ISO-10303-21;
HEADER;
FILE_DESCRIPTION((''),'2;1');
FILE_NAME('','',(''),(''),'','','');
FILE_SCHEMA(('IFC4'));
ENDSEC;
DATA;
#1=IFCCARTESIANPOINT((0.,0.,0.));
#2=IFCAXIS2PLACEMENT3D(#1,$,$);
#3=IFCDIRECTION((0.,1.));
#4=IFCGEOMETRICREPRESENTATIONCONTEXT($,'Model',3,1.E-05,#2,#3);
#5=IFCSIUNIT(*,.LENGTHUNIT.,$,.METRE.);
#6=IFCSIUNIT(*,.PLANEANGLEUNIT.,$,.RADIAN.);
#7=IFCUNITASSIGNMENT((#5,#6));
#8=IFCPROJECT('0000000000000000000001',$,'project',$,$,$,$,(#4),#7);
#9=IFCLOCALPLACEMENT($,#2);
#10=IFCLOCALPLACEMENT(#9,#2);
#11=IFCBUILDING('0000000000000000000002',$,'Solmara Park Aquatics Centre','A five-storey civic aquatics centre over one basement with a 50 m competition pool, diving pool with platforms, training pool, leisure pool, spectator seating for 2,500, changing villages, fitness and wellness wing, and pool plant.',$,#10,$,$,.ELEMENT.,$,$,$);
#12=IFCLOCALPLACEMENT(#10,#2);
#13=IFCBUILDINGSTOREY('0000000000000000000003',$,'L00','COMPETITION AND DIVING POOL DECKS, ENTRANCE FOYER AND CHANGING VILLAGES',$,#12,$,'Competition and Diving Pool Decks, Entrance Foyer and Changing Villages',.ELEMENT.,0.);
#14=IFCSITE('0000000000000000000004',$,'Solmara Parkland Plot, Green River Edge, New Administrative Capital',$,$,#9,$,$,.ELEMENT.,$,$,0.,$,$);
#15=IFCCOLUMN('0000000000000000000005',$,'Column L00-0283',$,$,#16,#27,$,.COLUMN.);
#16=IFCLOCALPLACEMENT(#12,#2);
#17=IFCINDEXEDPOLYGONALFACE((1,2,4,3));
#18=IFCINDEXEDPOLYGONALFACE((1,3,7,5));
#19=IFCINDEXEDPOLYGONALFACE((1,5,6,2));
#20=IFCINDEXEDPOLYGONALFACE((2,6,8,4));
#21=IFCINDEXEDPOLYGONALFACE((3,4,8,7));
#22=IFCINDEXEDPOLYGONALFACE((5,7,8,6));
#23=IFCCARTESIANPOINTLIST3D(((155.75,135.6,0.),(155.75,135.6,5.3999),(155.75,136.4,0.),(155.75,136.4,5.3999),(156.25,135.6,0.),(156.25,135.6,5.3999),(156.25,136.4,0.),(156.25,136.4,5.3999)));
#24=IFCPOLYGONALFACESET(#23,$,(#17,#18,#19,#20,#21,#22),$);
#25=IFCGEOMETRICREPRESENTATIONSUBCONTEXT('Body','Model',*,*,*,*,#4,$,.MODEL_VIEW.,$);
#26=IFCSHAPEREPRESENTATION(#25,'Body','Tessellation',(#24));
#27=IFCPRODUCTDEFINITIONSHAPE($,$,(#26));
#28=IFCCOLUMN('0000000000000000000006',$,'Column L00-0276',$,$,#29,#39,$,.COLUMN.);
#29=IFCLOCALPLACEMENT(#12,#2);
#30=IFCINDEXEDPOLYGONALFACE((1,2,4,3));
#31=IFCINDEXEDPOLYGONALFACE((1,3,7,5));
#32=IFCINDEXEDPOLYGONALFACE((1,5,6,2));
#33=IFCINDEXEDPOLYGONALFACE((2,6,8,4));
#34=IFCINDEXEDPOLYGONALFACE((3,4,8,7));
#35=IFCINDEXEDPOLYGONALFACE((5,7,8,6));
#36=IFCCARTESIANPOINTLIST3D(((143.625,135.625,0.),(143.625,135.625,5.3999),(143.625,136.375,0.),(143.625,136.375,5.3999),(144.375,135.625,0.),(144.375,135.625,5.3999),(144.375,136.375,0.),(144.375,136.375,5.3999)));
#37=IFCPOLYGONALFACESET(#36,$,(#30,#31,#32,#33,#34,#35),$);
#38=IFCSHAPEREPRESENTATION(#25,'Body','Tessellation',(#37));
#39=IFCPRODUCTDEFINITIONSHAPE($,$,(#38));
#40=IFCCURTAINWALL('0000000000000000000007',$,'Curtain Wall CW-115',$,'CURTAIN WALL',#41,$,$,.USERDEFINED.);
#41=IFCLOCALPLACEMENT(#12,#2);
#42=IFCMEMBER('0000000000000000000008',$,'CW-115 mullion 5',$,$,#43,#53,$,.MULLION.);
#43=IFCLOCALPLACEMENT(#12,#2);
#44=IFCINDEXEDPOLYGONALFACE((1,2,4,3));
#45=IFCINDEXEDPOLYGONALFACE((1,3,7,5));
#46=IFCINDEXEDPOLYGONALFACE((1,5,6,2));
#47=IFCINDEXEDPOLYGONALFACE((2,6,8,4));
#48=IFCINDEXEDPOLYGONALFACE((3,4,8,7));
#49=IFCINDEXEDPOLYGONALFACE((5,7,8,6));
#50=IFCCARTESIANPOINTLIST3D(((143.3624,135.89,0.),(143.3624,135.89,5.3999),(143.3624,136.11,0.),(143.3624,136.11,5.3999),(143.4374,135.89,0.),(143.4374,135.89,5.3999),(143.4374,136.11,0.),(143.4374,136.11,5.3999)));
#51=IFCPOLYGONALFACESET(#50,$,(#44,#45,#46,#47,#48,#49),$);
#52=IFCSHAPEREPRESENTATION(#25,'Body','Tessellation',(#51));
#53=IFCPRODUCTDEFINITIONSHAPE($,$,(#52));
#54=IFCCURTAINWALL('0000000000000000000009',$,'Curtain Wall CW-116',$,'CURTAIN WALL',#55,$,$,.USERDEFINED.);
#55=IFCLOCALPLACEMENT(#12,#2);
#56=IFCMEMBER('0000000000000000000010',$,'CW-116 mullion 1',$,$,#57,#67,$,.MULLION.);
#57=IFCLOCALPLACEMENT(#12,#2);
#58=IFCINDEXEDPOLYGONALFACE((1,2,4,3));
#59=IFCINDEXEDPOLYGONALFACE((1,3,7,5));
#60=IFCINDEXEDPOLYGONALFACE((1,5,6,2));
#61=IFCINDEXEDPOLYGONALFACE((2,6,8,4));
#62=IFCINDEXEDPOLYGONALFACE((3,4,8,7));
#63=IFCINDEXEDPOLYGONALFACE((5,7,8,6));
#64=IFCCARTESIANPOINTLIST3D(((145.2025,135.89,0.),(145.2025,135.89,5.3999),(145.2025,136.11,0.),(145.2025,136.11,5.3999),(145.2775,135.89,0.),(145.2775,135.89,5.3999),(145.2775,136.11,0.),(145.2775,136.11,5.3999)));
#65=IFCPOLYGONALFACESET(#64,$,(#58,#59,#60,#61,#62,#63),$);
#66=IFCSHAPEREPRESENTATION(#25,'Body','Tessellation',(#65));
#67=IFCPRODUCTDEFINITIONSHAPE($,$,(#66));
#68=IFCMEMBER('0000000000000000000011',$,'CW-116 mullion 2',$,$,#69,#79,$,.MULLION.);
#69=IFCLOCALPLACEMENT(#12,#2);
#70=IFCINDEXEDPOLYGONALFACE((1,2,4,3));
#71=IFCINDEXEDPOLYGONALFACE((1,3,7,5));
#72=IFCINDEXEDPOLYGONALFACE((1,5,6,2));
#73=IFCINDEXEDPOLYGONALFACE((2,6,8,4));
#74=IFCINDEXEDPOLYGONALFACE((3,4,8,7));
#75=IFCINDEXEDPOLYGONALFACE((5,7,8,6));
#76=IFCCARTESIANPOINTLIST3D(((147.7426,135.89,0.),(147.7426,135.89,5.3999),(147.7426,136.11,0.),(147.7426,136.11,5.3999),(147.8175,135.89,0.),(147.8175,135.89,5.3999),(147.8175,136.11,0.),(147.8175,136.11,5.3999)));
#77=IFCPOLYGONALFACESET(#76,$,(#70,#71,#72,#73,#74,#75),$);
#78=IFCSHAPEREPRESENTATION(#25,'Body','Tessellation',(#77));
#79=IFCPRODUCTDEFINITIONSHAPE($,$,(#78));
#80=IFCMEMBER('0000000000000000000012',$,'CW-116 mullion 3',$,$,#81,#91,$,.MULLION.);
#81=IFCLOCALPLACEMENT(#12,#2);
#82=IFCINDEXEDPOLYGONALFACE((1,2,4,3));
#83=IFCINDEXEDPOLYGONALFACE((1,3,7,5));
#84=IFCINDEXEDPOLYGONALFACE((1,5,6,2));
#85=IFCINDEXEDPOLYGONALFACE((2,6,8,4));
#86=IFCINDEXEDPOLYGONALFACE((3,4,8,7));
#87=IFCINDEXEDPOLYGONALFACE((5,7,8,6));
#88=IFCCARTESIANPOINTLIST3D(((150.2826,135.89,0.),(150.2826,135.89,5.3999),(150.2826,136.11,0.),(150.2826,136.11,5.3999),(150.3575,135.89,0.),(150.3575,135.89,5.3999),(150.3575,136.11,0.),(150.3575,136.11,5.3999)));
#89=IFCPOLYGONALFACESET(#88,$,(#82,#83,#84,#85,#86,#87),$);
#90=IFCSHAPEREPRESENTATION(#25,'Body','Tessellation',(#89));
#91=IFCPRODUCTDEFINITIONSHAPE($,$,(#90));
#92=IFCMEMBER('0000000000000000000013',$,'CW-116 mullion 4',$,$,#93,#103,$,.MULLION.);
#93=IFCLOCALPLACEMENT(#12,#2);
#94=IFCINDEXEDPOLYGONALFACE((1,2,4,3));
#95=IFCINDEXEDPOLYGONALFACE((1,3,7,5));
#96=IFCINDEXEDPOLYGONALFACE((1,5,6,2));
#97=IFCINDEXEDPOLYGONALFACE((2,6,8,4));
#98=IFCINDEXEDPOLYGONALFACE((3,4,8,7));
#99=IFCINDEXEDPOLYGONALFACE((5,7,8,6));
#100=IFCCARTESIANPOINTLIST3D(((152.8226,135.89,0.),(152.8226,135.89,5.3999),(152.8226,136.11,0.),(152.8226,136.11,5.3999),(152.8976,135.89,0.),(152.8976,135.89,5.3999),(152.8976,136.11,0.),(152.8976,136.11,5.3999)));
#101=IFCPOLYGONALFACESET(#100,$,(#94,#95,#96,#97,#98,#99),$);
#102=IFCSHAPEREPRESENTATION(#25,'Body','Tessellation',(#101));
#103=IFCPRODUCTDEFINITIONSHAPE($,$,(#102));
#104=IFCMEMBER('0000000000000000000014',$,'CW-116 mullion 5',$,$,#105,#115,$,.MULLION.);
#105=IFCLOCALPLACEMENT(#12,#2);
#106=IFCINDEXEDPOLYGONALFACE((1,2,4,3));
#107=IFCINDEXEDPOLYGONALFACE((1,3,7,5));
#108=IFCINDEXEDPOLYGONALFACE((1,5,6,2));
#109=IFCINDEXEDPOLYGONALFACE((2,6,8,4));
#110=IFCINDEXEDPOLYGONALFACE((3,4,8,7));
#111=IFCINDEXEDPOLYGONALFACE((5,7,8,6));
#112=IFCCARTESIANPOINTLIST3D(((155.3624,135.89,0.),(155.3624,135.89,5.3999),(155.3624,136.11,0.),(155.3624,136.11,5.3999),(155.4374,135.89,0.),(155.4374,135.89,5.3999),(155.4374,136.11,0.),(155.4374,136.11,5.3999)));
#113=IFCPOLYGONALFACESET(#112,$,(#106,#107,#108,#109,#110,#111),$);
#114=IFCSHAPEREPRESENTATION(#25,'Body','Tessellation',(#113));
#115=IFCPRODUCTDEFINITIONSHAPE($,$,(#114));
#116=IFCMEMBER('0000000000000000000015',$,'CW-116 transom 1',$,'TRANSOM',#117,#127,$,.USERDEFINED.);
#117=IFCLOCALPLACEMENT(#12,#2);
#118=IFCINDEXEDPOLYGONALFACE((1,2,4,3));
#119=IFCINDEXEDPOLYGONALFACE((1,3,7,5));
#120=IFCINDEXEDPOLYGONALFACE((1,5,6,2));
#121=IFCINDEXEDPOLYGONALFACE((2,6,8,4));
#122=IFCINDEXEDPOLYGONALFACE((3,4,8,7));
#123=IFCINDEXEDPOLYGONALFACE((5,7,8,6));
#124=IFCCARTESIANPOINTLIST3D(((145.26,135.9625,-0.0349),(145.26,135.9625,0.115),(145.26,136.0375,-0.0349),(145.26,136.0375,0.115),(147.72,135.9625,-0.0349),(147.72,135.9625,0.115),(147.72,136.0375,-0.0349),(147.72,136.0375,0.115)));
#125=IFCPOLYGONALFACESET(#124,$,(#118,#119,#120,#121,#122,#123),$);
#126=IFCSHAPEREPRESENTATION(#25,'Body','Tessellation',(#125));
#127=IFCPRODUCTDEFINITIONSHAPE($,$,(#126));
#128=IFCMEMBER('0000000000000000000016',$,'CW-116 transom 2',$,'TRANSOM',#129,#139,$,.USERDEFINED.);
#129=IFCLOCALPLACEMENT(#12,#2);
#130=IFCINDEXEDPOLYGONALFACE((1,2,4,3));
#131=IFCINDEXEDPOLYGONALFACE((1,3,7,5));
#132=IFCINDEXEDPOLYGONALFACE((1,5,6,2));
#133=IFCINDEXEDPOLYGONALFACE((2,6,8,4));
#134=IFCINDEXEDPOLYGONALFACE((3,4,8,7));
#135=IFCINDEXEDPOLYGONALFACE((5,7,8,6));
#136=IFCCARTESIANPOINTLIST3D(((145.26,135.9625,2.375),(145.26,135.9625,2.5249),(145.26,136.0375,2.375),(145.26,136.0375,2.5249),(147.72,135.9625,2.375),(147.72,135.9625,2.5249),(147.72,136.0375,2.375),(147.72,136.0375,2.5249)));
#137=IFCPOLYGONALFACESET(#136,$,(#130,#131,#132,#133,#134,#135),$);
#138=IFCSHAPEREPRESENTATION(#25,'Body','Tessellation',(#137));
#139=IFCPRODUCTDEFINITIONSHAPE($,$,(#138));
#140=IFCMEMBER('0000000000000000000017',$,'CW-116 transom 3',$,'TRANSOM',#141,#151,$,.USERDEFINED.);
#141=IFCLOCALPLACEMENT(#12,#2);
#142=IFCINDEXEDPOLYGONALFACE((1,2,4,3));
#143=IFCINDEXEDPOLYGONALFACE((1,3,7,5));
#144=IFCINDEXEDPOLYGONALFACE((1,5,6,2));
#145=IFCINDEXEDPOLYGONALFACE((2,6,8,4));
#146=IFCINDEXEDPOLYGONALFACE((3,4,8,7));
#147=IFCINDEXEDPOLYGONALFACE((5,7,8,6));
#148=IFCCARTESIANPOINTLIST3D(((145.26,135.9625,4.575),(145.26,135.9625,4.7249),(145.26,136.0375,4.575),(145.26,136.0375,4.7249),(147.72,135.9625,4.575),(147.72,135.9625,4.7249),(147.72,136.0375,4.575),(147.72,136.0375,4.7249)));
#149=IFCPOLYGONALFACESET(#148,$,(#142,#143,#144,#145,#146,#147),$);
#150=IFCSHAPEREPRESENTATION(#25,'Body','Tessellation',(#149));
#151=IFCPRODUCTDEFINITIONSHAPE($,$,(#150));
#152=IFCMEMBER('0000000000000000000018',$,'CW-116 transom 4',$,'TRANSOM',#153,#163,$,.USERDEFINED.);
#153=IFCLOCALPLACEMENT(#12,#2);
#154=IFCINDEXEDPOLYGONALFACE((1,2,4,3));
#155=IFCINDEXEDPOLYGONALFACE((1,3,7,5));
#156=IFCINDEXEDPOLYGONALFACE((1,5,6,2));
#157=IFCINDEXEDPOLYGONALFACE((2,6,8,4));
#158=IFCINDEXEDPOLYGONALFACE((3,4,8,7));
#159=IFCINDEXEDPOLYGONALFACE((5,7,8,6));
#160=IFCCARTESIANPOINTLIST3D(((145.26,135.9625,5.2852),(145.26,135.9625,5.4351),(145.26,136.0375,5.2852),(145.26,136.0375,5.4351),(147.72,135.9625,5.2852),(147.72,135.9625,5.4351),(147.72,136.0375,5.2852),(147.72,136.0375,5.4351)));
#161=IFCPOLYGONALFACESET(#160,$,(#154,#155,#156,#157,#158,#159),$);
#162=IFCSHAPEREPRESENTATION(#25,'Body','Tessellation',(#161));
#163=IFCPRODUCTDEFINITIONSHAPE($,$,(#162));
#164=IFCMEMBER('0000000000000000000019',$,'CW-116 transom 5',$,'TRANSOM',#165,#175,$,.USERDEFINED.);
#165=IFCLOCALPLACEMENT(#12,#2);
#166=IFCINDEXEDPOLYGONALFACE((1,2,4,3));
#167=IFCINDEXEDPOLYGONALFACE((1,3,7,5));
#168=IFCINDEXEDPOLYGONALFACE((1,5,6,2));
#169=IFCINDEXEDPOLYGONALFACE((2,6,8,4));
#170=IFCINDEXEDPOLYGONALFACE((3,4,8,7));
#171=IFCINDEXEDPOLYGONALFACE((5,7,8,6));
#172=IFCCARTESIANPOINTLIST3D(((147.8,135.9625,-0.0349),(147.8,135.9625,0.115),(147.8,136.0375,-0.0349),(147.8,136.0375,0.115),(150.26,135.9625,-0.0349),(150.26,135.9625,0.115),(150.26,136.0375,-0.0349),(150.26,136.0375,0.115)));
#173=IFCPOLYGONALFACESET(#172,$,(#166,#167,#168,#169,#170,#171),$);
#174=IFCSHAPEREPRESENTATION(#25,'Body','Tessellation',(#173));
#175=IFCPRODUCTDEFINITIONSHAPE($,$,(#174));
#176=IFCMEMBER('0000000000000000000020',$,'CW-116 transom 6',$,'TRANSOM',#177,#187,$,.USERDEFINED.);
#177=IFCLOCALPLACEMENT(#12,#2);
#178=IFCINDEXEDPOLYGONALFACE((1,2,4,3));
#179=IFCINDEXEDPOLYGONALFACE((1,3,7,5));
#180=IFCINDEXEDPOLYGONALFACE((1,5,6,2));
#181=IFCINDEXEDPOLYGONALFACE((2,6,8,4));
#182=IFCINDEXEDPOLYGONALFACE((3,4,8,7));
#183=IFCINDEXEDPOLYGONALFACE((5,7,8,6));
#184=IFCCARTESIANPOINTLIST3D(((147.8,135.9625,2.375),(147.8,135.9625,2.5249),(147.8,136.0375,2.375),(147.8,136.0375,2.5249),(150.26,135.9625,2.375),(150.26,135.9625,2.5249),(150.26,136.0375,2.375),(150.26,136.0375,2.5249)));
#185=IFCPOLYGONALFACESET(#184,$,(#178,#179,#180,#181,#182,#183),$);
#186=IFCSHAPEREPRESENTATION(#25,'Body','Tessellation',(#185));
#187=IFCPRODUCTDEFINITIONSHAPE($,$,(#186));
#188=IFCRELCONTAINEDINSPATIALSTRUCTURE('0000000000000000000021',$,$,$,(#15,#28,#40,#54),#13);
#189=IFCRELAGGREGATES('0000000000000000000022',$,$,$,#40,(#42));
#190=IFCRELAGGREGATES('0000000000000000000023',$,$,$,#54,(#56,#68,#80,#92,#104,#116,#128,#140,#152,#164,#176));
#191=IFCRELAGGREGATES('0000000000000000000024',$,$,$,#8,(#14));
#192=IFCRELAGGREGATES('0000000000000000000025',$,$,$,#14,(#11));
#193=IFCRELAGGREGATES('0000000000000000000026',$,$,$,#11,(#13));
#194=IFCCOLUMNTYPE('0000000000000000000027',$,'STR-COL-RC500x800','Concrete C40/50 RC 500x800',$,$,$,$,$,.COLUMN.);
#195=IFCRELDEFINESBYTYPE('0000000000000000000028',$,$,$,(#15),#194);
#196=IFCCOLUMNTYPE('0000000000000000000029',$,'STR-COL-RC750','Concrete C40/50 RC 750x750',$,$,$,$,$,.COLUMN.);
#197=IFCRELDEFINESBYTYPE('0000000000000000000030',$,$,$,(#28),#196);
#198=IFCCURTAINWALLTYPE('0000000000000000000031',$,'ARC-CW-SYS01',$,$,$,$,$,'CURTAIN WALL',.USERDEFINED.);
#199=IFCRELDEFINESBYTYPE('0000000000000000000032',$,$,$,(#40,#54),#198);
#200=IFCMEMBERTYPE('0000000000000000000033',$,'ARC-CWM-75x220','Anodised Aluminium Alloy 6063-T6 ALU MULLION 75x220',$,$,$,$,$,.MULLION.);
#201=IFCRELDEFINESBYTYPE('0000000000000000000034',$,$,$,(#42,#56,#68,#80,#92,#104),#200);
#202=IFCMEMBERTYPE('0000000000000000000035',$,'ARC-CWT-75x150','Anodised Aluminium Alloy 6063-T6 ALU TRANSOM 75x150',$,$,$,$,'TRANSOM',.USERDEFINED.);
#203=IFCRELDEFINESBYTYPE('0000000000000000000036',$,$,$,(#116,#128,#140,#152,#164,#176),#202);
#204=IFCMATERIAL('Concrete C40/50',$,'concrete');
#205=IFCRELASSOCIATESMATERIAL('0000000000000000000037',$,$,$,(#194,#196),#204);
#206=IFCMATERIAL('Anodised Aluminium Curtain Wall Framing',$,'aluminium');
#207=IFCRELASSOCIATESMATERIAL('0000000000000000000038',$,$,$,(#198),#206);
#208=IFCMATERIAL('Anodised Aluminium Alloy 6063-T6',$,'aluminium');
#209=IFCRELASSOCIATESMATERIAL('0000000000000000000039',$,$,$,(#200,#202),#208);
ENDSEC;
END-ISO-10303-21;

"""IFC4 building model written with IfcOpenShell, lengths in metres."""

from ifc_helpers import new_model, si_unit, direction, frame, origin, origin_2d, place, context, subcontext, project, spatial, rectangle, extrude, material, material_profile, profile_set, type_object, element, aggregate, save


model = new_model("IFC4")

# Units and contexts
model_context = context("Model", 3, precision=1e-05, world=origin(), true_north=direction((0.0, 1.0)))
body_context = subcontext(model_context, "Body", "Model", "MODEL_VIEW")
ifc_project = project(units=[si_unit("LENGTHUNIT", "METRE"), si_unit("PLANEANGLEUNIT", "RADIAN")], contexts=[model_context])

# Site, building, storey
site_placement = place(None, origin())
site = spatial("IfcSite", under=ifc_project, at=site_placement, Name="Solmara Parkland Plot, Green River Edge, New Administrative Capital", CompositionType="ELEMENT", RefElevation=0.0)
building_placement = place(site_placement, origin())
building = spatial("IfcBuilding", under=site, at=building_placement, Name="Solmara Park Aquatics Centre", Description="A five-storey civic aquatics centre over one basement with a 50 m competition pool, diving pool with platforms, training pool, leisure pool, spectator seating for 2,500, changing villages, fitness and wellness wing, and pool plant.", CompositionType="ELEMENT")
storey_placement = place(building_placement, origin())
storey = spatial("IfcBuildingStorey", under=building, at=storey_placement, Name="L00", Description="COMPETITION AND DIVING POOL DECKS, ENTRANCE FOYER AND CHANGING VILLAGES", LongName="Competition and Diving Pool Decks, Entrance Foyer and Changing Villages", CompositionType="ELEMENT", Elevation=0.0)

# Columns
ifc_material_1 = material(Name="Concrete C40/50", Category="concrete")
ifc_material_profile_1 = material_profile(ifc_material_1, rectangle(XDim=0.5, YDim=0.8, at=origin_2d()), Name="RC 500x800")
ifc_profile_set_1 = profile_set([ifc_material_profile_1], Name="Concrete C40/50")
column_type_1 = type_object("IfcColumnType", Name="STR-COL-RC500x800", Description="Concrete C40/50 RC 500x800", PredefinedType="COLUMN", material=ifc_profile_set_1)
column_1_placement = place(storey_placement, frame((156.0, 136.0, 0.0), z_axis=(0.0, 0.0, 1.0), x_axis=(1.0, 0.0, 0.0)))
element("IfcColumn", 1, at=column_1_placement, inside=storey, type_object=column_type_1, Name="Column L00-0283", PredefinedType="COLUMN", context=body_context, shape_type="SweptSolid", body=[
    extrude(rectangle(XDim=0.5, YDim=0.8, at=origin_2d()), origin(), (0.0, 0.0, 1.0), 5.3999),
])
ifc_material_profile_2 = material_profile(ifc_material_1, rectangle(XDim=0.75, YDim=0.75, at=origin_2d()), Name="RC 750x750")
ifc_profile_set_2 = profile_set([ifc_material_profile_2], Name="Concrete C40/50")
column_type_2 = type_object("IfcColumnType", Name="STR-COL-RC750", Description="Concrete C40/50 RC 750x750", PredefinedType="COLUMN", material=ifc_profile_set_2)
column_2_placement = place(storey_placement, frame((144.0, 136.0, 0.0), z_axis=(0.0, 0.0, 1.0), x_axis=(1.0, 0.0, 0.0)))
element("IfcColumn", 2, at=column_2_placement, inside=storey, type_object=column_type_2, Name="Column L00-0276", PredefinedType="COLUMN", context=body_context, shape_type="SweptSolid", body=[
    extrude(rectangle(XDim=0.75, YDim=0.75, at=origin_2d()), origin(), (0.0, 0.0, 1.0), 5.3999),
])

# Curtain wall, member
ifc_material_2 = material(Name="Anodised Aluminium Curtain Wall Framing", Category="aluminium")
curtain_wall_type = type_object("IfcCurtainWallType", Name="ARC-CW-SYS01", ElementType="CURTAIN WALL", PredefinedType="USERDEFINED", material=ifc_material_2)
curtain_wall_1_placement = place(storey_placement, origin())
curtain_wall_1 = element("IfcCurtainWall", 3, at=curtain_wall_1_placement, inside=storey, type_object=curtain_wall_type, Name="Curtain Wall CW-115", ObjectType="CURTAIN WALL", PredefinedType="USERDEFINED")
ifc_material_3 = material(Name="Anodised Aluminium Alloy 6063-T6", Category="aluminium")
ifc_material_profile_3 = material_profile(ifc_material_3, rectangle(XDim=0.075, YDim=0.22, at=origin_2d()), Name="ALU MULLION 75x220")
ifc_profile_set_3 = profile_set([ifc_material_profile_3], Name="Anodised Aluminium Alloy 6063-T6")
member_type_1 = type_object("IfcMemberType", Name="ARC-CWM-75x220", Description="Anodised Aluminium Alloy 6063-T6 ALU MULLION 75x220", PredefinedType="MULLION", material=ifc_profile_set_3)
member_1_placement = place(storey_placement, frame((143.3999, 136.0, 0.0), z_axis=(0.0, 0.0, 1.0), x_axis=(1.0, 0.0, 0.0)))
member_1 = element("IfcMember", 4, at=member_1_placement, type_object=member_type_1, Name="CW-115 mullion 5", PredefinedType="MULLION", context=body_context, shape_type="SweptSolid", body=[
    extrude(rectangle(XDim=0.075, YDim=0.22, at=origin_2d()), origin(), (0.0, 0.0, 1.0), 5.3999),
])
aggregate(curtain_wall_1, [member_1])

# Curtain wall, members
curtain_wall_2_placement = place(storey_placement, origin())
curtain_wall_2 = element("IfcCurtainWall", 5, at=curtain_wall_2_placement, inside=storey, type_object=curtain_wall_type, Name="Curtain Wall CW-116", ObjectType="CURTAIN WALL", PredefinedType="USERDEFINED")
member_2_placement = place(storey_placement, frame((145.24, 136.0, 0.0), z_axis=(0.0, 0.0, 1.0), x_axis=(1.0, 0.0, 0.0)))
member_2 = element("IfcMember", 6, at=member_2_placement, type_object=member_type_1, Name="CW-116 mullion 1", PredefinedType="MULLION", context=body_context, shape_type="SweptSolid", body=[
    extrude(rectangle(XDim=0.075, YDim=0.22, at=origin_2d()), origin(), (0.0, 0.0, 1.0), 5.3999),
])
member_3_placement = place(storey_placement, frame((147.78, 136.0, 0.0), z_axis=(0.0, 0.0, 1.0), x_axis=(1.0, 0.0, 0.0)))
member_3 = element("IfcMember", 7, at=member_3_placement, type_object=member_type_1, Name="CW-116 mullion 2", PredefinedType="MULLION", context=body_context, shape_type="SweptSolid", body=[
    extrude(rectangle(XDim=0.075, YDim=0.22, at=origin_2d()), origin(), (0.0, 0.0, 1.0), 5.3999),
])
member_4_placement = place(storey_placement, frame((150.3201, 136.0, 0.0), z_axis=(0.0, 0.0, 1.0), x_axis=(1.0, 0.0, 0.0)))
member_4 = element("IfcMember", 8, at=member_4_placement, type_object=member_type_1, Name="CW-116 mullion 3", PredefinedType="MULLION", context=body_context, shape_type="SweptSolid", body=[
    extrude(rectangle(XDim=0.075, YDim=0.22, at=origin_2d()), origin(), (0.0, 0.0, 1.0), 5.3999),
])
member_5_placement = place(storey_placement, frame((152.8601, 136.0, 0.0), z_axis=(0.0, 0.0, 1.0), x_axis=(1.0, 0.0, 0.0)))
member_5 = element("IfcMember", 9, at=member_5_placement, type_object=member_type_1, Name="CW-116 mullion 4", PredefinedType="MULLION", context=body_context, shape_type="SweptSolid", body=[
    extrude(rectangle(XDim=0.075, YDim=0.22, at=origin_2d()), origin(), (0.0, 0.0, 1.0), 5.3999),
])
member_6_placement = place(storey_placement, frame((155.3999, 136.0, 0.0), z_axis=(0.0, 0.0, 1.0), x_axis=(1.0, 0.0, 0.0)))
member_6 = element("IfcMember", 10, at=member_6_placement, type_object=member_type_1, Name="CW-116 mullion 5", PredefinedType="MULLION", context=body_context, shape_type="SweptSolid", body=[
    extrude(rectangle(XDim=0.075, YDim=0.22, at=origin_2d()), origin(), (0.0, 0.0, 1.0), 5.3999),
])
ifc_material_profile_4 = material_profile(ifc_material_3, rectangle(XDim=0.075, YDim=0.1499, at=origin_2d()), Name="ALU TRANSOM 75x150")
ifc_profile_set_4 = profile_set([ifc_material_profile_4], Name="Anodised Aluminium Alloy 6063-T6")
member_type_2 = type_object("IfcMemberType", Name="ARC-CWT-75x150", Description="Anodised Aluminium Alloy 6063-T6 ALU TRANSOM 75x150", ElementType="TRANSOM", PredefinedType="USERDEFINED", material=ifc_profile_set_4)
member_7_placement = place(storey_placement, frame((145.26, 136.0, 0.04), z_axis=(1.0, 0.0, 0.0), x_axis=(0.0, 1.0, 0.0)))
member_7 = element("IfcMember", 11, at=member_7_placement, type_object=member_type_2, Name="CW-116 transom 1", ObjectType="TRANSOM", PredefinedType="USERDEFINED", context=body_context, shape_type="SweptSolid", body=[
    extrude(rectangle(XDim=0.075, YDim=0.1499, at=origin_2d()), origin(), (0.0, 0.0, 1.0), 2.46),
])
member_8_placement = place(storey_placement, frame((145.26, 136.0, 2.45), z_axis=(1.0, 0.0, 0.0), x_axis=(0.0, 1.0, 0.0)))
member_8 = element("IfcMember", 12, at=member_8_placement, type_object=member_type_2, Name="CW-116 transom 2", ObjectType="TRANSOM", PredefinedType="USERDEFINED", context=body_context, shape_type="SweptSolid", body=[
    extrude(rectangle(XDim=0.075, YDim=0.1499, at=origin_2d()), origin(), (0.0, 0.0, 1.0), 2.46),
])
member_9_placement = place(storey_placement, frame((145.26, 136.0, 4.6499), z_axis=(1.0, 0.0, 0.0), x_axis=(0.0, 1.0, 0.0)))
member_9 = element("IfcMember", 13, at=member_9_placement, type_object=member_type_2, Name="CW-116 transom 3", ObjectType="TRANSOM", PredefinedType="USERDEFINED", context=body_context, shape_type="SweptSolid", body=[
    extrude(rectangle(XDim=0.075, YDim=0.1499, at=origin_2d()), origin(), (0.0, 0.0, 1.0), 2.46),
])
member_10_placement = place(storey_placement, frame((145.26, 136.0, 5.3601), z_axis=(1.0, 0.0, 0.0), x_axis=(0.0, 1.0, 0.0)))
member_10 = element("IfcMember", 14, at=member_10_placement, type_object=member_type_2, Name="CW-116 transom 4", ObjectType="TRANSOM", PredefinedType="USERDEFINED", context=body_context, shape_type="SweptSolid", body=[
    extrude(rectangle(XDim=0.075, YDim=0.1499, at=origin_2d()), origin(), (0.0, 0.0, 1.0), 2.46),
])
member_11_placement = place(storey_placement, frame((147.8, 136.0, 0.04), z_axis=(1.0, 0.0, 0.0), x_axis=(0.0, 1.0, 0.0)))
member_11 = element("IfcMember", 15, at=member_11_placement, type_object=member_type_2, Name="CW-116 transom 5", ObjectType="TRANSOM", PredefinedType="USERDEFINED", context=body_context, shape_type="SweptSolid", body=[
    extrude(rectangle(XDim=0.075, YDim=0.1499, at=origin_2d()), origin(), (0.0, 0.0, 1.0), 2.46),
])
member_12_placement = place(storey_placement, frame((147.8, 136.0, 2.45), z_axis=(1.0, 0.0, 0.0), x_axis=(0.0, 1.0, 0.0)))
member_12 = element("IfcMember", 16, at=member_12_placement, type_object=member_type_2, Name="CW-116 transom 6", ObjectType="TRANSOM", PredefinedType="USERDEFINED", context=body_context, shape_type="SweptSolid", body=[
    extrude(rectangle(XDim=0.075, YDim=0.1499, at=origin_2d()), origin(), (0.0, 0.0, 1.0), 2.46),
])
aggregate(curtain_wall_2, [member_2, member_3, member_4, member_5, member_6, member_7, member_8, member_9, member_10, member_11, member_12])

save(model, "model.ifc")
